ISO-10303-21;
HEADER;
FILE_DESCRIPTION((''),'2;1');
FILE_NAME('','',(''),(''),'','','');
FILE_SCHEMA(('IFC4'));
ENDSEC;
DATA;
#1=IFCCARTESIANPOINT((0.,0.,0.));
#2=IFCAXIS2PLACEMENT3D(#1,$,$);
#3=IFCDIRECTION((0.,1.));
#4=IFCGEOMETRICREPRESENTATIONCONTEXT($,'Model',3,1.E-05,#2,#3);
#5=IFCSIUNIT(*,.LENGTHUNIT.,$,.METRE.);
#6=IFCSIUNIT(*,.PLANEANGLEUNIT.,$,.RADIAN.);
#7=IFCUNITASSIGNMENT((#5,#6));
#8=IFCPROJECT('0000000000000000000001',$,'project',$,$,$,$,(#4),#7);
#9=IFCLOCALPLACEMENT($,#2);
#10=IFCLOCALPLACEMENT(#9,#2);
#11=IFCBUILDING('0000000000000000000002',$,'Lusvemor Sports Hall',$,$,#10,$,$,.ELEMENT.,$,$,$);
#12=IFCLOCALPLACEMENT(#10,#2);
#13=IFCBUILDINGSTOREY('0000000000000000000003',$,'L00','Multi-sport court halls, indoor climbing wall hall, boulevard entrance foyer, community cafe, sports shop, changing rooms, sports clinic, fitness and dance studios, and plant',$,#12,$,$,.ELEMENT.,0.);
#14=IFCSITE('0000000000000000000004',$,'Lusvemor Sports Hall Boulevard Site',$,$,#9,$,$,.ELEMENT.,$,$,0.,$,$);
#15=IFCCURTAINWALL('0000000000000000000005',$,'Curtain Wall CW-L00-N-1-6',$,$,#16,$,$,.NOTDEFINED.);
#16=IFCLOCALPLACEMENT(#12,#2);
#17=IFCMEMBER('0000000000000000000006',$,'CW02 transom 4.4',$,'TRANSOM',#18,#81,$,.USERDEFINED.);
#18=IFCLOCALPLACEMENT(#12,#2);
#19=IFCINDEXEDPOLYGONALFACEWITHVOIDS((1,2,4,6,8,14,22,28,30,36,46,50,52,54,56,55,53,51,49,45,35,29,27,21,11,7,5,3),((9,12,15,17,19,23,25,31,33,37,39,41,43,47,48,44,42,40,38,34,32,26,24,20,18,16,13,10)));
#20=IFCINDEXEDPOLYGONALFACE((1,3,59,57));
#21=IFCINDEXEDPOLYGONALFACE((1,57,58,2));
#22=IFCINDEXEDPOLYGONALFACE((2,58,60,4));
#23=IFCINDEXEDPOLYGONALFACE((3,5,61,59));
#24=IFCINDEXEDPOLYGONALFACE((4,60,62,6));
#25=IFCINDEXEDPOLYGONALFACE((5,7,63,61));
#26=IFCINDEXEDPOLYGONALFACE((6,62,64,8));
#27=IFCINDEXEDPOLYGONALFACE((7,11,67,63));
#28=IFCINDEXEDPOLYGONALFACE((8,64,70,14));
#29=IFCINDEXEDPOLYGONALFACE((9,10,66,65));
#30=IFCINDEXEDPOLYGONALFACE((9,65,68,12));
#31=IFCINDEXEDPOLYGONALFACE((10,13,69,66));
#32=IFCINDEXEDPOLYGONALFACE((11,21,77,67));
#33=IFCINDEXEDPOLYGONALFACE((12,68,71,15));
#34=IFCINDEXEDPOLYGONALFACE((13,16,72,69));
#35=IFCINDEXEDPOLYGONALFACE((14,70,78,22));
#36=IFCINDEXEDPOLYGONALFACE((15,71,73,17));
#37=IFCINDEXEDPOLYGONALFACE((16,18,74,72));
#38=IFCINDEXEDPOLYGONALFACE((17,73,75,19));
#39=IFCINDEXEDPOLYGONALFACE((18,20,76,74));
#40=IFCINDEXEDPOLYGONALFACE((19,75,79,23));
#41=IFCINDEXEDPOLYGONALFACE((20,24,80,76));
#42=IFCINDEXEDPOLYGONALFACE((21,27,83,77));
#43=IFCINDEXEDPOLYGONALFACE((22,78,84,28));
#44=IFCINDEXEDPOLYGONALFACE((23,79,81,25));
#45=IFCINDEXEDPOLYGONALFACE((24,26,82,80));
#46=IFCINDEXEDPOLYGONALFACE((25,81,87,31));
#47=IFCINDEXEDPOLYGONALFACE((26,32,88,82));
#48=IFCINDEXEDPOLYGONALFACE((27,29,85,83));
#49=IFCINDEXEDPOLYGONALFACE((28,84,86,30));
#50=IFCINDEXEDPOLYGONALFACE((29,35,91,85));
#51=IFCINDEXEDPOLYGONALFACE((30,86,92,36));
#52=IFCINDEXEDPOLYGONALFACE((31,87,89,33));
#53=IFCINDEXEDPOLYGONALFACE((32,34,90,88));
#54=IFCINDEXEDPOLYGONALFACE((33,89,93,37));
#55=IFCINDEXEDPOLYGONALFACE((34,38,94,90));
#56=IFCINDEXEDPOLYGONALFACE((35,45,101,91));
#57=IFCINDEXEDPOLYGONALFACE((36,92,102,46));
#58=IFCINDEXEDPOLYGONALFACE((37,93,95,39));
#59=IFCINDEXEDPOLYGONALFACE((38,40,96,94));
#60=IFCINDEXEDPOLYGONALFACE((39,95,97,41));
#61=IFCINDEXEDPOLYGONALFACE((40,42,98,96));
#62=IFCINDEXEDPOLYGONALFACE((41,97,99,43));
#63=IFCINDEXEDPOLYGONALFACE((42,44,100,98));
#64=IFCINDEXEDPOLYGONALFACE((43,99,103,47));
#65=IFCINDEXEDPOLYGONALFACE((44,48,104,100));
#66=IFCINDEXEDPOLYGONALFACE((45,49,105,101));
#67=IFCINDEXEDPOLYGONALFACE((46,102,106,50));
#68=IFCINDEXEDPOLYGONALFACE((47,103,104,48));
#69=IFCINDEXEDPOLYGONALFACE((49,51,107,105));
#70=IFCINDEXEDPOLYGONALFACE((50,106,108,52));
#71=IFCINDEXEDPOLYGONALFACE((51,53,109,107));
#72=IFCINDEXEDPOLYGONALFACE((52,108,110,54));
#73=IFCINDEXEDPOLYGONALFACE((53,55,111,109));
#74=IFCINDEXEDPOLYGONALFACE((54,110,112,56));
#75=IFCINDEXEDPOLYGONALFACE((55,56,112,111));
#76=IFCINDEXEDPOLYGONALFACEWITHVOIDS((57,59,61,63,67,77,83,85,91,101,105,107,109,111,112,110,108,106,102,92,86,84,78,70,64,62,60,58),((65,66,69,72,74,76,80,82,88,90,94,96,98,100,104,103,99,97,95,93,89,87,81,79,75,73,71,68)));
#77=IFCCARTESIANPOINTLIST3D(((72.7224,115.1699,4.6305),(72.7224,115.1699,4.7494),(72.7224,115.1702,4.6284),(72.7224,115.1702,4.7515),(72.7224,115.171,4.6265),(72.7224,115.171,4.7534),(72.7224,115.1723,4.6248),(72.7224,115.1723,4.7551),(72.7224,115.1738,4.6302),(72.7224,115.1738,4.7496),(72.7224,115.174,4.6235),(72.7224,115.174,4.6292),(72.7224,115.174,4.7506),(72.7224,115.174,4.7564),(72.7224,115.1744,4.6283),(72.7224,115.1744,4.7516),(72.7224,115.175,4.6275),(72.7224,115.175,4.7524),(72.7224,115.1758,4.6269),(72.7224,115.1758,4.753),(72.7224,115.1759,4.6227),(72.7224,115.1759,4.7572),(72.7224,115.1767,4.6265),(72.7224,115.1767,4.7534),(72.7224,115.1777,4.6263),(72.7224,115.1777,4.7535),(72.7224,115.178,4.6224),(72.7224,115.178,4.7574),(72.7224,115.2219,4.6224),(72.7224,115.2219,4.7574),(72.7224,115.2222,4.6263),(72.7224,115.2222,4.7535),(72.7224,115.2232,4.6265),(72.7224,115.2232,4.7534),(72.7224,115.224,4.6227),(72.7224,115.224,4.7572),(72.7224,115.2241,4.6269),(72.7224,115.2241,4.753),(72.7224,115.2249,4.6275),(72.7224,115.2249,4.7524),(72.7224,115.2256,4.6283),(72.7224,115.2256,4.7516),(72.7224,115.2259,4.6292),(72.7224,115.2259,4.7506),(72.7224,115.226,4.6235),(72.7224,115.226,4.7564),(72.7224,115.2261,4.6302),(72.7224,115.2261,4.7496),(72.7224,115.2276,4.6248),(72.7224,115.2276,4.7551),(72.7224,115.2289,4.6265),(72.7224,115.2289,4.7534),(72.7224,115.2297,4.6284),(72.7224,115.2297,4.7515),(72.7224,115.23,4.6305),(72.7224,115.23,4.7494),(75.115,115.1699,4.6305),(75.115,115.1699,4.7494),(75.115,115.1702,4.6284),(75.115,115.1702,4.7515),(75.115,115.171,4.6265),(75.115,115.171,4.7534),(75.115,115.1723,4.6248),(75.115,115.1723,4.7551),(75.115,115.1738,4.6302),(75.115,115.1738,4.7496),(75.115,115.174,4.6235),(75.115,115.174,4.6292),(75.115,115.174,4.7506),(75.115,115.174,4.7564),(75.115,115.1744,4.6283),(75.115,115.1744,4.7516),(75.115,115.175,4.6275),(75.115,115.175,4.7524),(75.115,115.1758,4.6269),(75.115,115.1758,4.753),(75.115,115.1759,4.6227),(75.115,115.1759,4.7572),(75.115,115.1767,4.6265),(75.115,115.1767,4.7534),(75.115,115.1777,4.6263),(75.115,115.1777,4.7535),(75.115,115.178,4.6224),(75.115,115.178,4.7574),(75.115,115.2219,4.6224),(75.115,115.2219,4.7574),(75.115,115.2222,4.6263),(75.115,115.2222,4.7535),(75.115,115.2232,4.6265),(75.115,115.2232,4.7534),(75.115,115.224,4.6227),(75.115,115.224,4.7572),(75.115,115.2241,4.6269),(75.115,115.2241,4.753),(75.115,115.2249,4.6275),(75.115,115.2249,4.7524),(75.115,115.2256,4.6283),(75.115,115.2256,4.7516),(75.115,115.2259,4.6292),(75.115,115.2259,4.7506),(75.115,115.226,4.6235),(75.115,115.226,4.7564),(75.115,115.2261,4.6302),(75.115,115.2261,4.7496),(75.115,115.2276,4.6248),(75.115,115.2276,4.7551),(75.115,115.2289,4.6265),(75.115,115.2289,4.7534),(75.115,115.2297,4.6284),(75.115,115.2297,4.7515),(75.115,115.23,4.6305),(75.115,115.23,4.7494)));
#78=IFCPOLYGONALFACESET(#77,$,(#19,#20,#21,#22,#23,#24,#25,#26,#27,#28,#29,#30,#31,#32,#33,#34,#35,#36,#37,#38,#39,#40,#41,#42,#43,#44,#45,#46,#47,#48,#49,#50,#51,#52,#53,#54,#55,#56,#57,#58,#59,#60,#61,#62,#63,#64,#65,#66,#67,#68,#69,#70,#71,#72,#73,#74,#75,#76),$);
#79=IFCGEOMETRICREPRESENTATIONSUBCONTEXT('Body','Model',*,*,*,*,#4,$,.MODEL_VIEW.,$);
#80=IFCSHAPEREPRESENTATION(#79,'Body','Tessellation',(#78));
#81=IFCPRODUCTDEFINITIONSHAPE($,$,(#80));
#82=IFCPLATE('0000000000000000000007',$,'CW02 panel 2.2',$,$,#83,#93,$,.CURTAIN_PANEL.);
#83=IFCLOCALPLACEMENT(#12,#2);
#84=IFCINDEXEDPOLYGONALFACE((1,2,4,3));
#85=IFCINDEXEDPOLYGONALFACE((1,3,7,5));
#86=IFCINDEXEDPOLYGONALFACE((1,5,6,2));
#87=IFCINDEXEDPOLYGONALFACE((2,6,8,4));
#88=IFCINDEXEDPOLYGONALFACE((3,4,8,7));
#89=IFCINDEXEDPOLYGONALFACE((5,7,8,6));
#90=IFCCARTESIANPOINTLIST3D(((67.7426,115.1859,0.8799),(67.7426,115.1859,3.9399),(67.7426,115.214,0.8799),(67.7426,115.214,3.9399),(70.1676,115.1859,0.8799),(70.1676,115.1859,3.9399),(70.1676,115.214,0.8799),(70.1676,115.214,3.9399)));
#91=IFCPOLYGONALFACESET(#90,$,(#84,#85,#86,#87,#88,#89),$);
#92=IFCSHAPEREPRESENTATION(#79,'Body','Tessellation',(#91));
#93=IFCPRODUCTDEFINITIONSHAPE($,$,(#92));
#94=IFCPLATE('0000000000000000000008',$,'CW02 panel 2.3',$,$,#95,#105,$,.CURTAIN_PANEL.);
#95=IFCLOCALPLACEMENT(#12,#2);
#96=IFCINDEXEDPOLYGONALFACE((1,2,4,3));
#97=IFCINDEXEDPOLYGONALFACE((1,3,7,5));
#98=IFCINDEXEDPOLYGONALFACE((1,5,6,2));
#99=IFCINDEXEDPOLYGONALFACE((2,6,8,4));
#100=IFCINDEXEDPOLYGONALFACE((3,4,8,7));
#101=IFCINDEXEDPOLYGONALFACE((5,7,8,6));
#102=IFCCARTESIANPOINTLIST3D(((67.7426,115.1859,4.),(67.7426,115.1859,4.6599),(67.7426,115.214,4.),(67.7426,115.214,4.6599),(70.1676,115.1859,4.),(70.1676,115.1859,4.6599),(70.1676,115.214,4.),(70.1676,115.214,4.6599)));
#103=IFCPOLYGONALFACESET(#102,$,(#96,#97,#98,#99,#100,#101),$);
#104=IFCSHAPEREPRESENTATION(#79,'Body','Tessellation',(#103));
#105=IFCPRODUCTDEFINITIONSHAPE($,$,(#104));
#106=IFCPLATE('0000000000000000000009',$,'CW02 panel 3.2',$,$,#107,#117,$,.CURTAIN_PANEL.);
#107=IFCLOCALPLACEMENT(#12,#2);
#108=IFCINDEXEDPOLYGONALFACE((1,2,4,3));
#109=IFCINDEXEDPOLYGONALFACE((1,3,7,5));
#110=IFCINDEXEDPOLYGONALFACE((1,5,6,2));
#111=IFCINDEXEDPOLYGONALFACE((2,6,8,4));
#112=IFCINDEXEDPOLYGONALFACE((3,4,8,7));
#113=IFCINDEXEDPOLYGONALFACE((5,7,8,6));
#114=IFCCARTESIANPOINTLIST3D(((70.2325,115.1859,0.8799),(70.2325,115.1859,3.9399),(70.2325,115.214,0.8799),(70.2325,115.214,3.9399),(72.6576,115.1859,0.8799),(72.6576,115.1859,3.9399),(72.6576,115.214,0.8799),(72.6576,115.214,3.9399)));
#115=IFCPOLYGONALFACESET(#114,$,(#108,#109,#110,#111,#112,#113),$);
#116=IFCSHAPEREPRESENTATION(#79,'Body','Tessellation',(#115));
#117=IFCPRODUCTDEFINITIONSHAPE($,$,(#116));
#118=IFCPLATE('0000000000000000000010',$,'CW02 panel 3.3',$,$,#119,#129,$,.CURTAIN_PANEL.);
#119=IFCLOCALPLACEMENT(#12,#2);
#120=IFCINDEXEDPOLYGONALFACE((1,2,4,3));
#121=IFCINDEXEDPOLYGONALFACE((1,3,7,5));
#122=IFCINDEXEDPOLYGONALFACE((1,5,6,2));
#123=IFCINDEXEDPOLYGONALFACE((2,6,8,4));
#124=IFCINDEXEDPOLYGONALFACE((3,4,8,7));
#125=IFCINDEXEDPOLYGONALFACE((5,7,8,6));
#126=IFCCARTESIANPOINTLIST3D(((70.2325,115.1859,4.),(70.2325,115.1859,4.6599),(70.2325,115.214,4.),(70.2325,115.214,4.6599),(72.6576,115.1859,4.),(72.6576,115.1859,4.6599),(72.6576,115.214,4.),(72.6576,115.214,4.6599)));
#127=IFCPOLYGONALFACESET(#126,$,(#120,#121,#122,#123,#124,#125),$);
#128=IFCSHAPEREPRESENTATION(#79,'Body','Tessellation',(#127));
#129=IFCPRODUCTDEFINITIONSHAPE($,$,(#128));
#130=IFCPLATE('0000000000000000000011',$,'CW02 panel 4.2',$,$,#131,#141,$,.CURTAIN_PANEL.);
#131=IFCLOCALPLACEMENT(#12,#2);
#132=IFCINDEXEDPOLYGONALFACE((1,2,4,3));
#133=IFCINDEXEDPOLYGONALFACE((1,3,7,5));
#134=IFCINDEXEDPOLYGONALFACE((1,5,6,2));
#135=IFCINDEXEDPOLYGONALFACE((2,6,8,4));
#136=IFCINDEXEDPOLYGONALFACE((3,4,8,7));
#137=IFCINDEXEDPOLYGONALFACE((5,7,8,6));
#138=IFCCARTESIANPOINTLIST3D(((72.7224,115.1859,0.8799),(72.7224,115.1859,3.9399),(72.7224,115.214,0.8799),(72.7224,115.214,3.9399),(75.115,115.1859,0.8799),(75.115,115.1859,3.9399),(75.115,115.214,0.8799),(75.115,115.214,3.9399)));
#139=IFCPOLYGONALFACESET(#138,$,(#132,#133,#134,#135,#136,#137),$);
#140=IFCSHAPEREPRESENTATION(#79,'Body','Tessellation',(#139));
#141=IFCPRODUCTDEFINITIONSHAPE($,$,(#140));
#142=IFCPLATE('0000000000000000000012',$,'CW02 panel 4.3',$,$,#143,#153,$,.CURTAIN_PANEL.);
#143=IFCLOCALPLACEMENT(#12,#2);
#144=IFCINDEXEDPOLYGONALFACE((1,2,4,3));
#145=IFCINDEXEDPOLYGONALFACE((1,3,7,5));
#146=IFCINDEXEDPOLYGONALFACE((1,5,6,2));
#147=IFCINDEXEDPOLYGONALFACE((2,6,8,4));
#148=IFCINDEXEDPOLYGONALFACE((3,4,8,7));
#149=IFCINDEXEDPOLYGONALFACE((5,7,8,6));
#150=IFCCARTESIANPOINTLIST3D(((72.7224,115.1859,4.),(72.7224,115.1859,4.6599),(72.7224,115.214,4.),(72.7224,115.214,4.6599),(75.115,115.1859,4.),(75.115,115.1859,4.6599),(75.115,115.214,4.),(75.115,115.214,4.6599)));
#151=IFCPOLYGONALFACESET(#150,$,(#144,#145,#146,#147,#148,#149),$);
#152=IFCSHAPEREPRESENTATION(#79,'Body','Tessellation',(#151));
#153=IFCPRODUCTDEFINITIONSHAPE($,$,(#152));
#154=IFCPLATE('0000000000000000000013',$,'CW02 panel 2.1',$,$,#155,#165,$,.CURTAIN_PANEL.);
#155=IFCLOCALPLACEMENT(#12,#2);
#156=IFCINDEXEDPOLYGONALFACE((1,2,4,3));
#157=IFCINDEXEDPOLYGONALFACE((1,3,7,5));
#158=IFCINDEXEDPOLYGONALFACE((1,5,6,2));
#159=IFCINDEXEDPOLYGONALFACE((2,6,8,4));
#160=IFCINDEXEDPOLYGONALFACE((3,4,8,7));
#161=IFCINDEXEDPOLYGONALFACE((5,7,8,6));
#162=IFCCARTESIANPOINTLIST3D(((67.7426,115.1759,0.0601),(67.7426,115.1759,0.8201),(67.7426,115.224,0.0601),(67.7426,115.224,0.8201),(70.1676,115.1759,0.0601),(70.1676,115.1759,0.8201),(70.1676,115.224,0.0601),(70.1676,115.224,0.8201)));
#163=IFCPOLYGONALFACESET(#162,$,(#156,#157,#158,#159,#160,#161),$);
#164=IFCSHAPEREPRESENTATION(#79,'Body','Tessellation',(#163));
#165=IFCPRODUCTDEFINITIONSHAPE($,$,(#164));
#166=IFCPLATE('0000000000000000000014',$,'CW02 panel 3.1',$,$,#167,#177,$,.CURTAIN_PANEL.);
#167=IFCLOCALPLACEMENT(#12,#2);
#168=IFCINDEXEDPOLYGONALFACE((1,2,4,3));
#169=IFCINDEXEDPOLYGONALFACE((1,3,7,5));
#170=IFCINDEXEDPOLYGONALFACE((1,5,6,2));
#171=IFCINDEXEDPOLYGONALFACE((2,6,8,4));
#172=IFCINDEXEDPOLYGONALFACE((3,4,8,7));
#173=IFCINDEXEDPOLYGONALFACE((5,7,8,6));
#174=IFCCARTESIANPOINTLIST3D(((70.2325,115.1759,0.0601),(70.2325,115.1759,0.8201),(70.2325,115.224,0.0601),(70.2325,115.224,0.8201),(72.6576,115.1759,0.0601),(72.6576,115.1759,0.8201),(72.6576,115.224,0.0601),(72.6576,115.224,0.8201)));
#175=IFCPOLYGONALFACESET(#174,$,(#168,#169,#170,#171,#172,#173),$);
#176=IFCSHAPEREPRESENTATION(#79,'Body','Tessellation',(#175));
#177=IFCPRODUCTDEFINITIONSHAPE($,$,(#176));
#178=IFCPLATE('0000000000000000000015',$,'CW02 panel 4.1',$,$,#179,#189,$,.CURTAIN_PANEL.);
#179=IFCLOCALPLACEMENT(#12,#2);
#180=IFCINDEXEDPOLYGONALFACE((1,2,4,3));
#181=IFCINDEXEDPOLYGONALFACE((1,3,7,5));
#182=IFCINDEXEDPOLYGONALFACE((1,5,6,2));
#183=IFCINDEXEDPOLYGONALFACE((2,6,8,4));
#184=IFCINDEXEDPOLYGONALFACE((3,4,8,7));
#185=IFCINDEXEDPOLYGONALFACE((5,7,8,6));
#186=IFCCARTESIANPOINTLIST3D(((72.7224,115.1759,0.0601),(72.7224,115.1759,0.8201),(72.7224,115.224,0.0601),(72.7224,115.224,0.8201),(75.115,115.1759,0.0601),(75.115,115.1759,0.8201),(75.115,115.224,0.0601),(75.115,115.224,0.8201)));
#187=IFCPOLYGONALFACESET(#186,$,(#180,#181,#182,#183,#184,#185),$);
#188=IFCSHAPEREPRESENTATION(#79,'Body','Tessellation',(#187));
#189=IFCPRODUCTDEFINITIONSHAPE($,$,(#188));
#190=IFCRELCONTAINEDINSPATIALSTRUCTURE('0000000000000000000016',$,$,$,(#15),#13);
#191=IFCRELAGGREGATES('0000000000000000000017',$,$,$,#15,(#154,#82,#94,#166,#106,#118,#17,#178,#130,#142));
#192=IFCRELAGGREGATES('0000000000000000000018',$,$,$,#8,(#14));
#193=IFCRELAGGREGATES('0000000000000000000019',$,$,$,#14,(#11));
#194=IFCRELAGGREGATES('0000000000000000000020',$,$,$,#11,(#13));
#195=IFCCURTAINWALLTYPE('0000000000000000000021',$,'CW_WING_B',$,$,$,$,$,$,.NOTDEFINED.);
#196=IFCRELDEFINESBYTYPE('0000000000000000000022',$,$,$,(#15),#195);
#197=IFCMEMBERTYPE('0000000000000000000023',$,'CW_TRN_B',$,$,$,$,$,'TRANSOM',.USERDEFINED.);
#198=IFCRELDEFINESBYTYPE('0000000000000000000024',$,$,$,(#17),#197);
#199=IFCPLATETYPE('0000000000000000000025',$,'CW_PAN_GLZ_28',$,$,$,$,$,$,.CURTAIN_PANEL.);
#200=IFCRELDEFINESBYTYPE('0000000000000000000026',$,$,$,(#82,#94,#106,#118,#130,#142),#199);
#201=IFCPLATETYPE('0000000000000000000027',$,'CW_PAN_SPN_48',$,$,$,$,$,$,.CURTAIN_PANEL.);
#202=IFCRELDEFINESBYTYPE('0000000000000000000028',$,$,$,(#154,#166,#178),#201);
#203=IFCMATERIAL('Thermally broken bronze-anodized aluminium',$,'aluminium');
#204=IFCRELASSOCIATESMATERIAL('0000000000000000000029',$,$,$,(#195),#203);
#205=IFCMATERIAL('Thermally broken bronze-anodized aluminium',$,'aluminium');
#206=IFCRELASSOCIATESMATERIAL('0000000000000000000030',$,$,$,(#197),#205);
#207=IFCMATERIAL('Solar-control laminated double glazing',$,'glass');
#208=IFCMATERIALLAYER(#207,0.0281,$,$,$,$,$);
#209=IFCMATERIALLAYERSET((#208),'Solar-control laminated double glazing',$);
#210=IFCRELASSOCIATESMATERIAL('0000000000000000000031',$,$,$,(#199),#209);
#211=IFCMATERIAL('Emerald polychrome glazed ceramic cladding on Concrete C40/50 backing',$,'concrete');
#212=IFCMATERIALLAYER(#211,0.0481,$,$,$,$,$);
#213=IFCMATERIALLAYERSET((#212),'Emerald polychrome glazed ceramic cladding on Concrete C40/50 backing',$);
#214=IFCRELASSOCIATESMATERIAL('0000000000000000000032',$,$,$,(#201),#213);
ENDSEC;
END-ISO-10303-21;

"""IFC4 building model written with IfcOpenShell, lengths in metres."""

from ifc_helpers import new_model, si_unit, direction, frame, origin, origin_2d, place, context, subcontext, project, spatial, rectangle, hollow_rectangle, extrude, material, layer, layer_set, material_profile, profile_set, type_object, element, aggregate, save


model = new_model("IFC4")

# Units and contexts
model_context = context("Model", 3, precision=1e-05, world=origin(), true_north=direction((0.0, 1.0)))
body_context = subcontext(model_context, "Body", "Model", "MODEL_VIEW")
ifc_project = project(units=[si_unit("LENGTHUNIT", "METRE"), si_unit("PLANEANGLEUNIT", "RADIAN")], contexts=[model_context])

# Site, building, storey
site_placement = place(None, origin())
site = spatial("IfcSite", under=ifc_project, at=site_placement, Name="Lusvemor Sports Hall Boulevard Site", CompositionType="ELEMENT", RefElevation=0.0)
building_placement = place(site_placement, origin())
building = spatial("IfcBuilding", under=site, at=building_placement, Name="Lusvemor Sports Hall", CompositionType="ELEMENT")
storey_placement = place(building_placement, origin())
storey = spatial("IfcBuildingStorey", under=building, at=storey_placement, Name="L00", Description="Multi-sport court halls, indoor climbing wall hall, boulevard entrance foyer, community cafe, sports shop, changing rooms, sports clinic, fitness and dance studios, and plant", CompositionType="ELEMENT", Elevation=0.0)

# Curtain wall, member, plates
ifc_material_1 = material(Name="Thermally broken bronze-anodized aluminium", Category="aluminium")
curtain_wall_type = type_object("IfcCurtainWallType", Name="CW_WING_B", PredefinedType="NOTDEFINED", material=ifc_material_1)
curtain_wall_placement = place(storey_placement, origin())
curtain_wall = element("IfcCurtainWall", 1, at=curtain_wall_placement, inside=storey, type_object=curtain_wall_type, Name="Curtain Wall CW-L00-N-1-6", PredefinedType="NOTDEFINED")
ifc_material_2 = material(Name="Thermally broken bronze-anodized aluminium", Category="aluminium")
ifc_material_profile_1 = material_profile(ifc_material_2, hollow_rectangle(XDim=0.0601, YDim=0.135, WallThickness=0.0039, InnerFilletRadius=0.0039, OuterFilletRadius=0.0081, at=origin_2d()), Name="CWTRN135x60x4")
ifc_profile_set_1 = profile_set([ifc_material_profile_1], Name="Thermally broken bronze-anodized aluminium")
member_type_1 = type_object("IfcMemberType", Name="CW_TRN_B", ElementType="TRANSOM", PredefinedType="USERDEFINED", material=ifc_profile_set_1)
member_1_placement = place(storey_placement, frame((72.7224, 115.2, 4.6899), z_axis=(1.0, 0.0, 0.0), x_axis=(0.0, 1.0, 0.0)))
member_1 = element("IfcMember", 2, at=member_1_placement, type_object=member_type_1, Name="CW02 transom 4.4", ObjectType="TRANSOM", PredefinedType="USERDEFINED", context=body_context, shape_type="SweptSolid", body=[
    extrude(hollow_rectangle(XDim=0.0601, YDim=0.135, WallThickness=0.0039, InnerFilletRadius=0.0039, OuterFilletRadius=0.0081, at=origin_2d()), origin(), (0.0, 0.0, 1.0), 2.3926),
])
ifc_material_3 = material(Name="Solar-control laminated double glazing", Category="glass")
ifc_layer_1 = layer(ifc_material_3, 0.0281)
ifc_layer_set_1 = layer_set([ifc_layer_1], Name="Solar-control laminated double glazing")
plate_type_1 = type_object("IfcPlateType", Name="CW_PAN_GLZ_28", PredefinedType="CURTAIN_PANEL", material=ifc_layer_set_1)
plate_1_placement = place(storey_placement, frame((68.9551, 115.2, 0.8799), z_axis=(0.0, 0.0, 1.0), x_axis=(1.0, 0.0, 0.0)))
plate_1 = element("IfcPlate", 3, at=plate_1_placement, type_object=plate_type_1, Name="CW02 panel 2.2", PredefinedType="CURTAIN_PANEL", context=body_context, shape_type="SweptSolid", body=[
    extrude(rectangle(XDim=2.425, YDim=0.0281, at=origin_2d()), origin(), (0.0, 0.0, 1.0), 3.0601),
])
plate_2_placement = place(storey_placement, frame((68.9551, 115.2, 4.0), z_axis=(0.0, 0.0, 1.0), x_axis=(1.0, 0.0, 0.0)))
plate_2 = element("IfcPlate", 4, at=plate_2_placement, type_object=plate_type_1, Name="CW02 panel 2.3", PredefinedType="CURTAIN_PANEL", context=body_context, shape_type="SweptSolid", body=[
    extrude(rectangle(XDim=2.425, YDim=0.0281, at=origin_2d()), origin(), (0.0, 0.0, 1.0), 0.6599),
])
plate_3_placement = place(storey_placement, frame((71.4451, 115.2, 0.8799), z_axis=(0.0, 0.0, 1.0), x_axis=(1.0, 0.0, 0.0)))
plate_3 = element("IfcPlate", 5, at=plate_3_placement, type_object=plate_type_1, Name="CW02 panel 3.2", PredefinedType="CURTAIN_PANEL", context=body_context, shape_type="SweptSolid", body=[
    extrude(rectangle(XDim=2.425, YDim=0.0281, at=origin_2d()), origin(), (0.0, 0.0, 1.0), 3.0601),
])
plate_4_placement = place(storey_placement, frame((71.4451, 115.2, 4.0), z_axis=(0.0, 0.0, 1.0), x_axis=(1.0, 0.0, 0.0)))
plate_4 = element("IfcPlate", 6, at=plate_4_placement, type_object=plate_type_1, Name="CW02 panel 3.3", PredefinedType="CURTAIN_PANEL", context=body_context, shape_type="SweptSolid", body=[
    extrude(rectangle(XDim=2.425, YDim=0.0281, at=origin_2d()), origin(), (0.0, 0.0, 1.0), 0.6599),
])
plate_5_placement = place(storey_placement, frame((73.9187, 115.2, 0.8799), z_axis=(0.0, 0.0, 1.0), x_axis=(1.0, 0.0, 0.0)))
plate_5 = element("IfcPlate", 7, at=plate_5_placement, type_object=plate_type_1, Name="CW02 panel 4.2", PredefinedType="CURTAIN_PANEL", context=body_context, shape_type="SweptSolid", body=[
    extrude(rectangle(XDim=2.3926, YDim=0.0281, at=origin_2d()), origin(), (0.0, 0.0, 1.0), 3.0601),
])
plate_6_placement = place(storey_placement, frame((73.9187, 115.2, 4.0), z_axis=(0.0, 0.0, 1.0), x_axis=(1.0, 0.0, 0.0)))
plate_6 = element("IfcPlate", 8, at=plate_6_placement, type_object=plate_type_1, Name="CW02 panel 4.3", PredefinedType="CURTAIN_PANEL", context=body_context, shape_type="SweptSolid", body=[
    extrude(rectangle(XDim=2.3926, YDim=0.0281, at=origin_2d()), origin(), (0.0, 0.0, 1.0), 0.6599),
])
ifc_material_4 = material(Name="Emerald polychrome glazed ceramic cladding on Concrete C40/50 backing", Category="concrete")
ifc_layer_2 = layer(ifc_material_4, 0.0481)
ifc_layer_set_2 = layer_set([ifc_layer_2], Name="Emerald polychrome glazed ceramic cladding on Concrete C40/50 backing")
plate_type_2 = type_object("IfcPlateType", Name="CW_PAN_SPN_48", PredefinedType="CURTAIN_PANEL", material=ifc_layer_set_2)
plate_7_placement = place(storey_placement, frame((68.9551, 115.2, 0.0601), z_axis=(0.0, 0.0, 1.0), x_axis=(1.0, 0.0, 0.0)))
plate_7 = element("IfcPlate", 9, at=plate_7_placement, type_object=plate_type_2, Name="CW02 panel 2.1", PredefinedType="CURTAIN_PANEL", context=body_context, shape_type="SweptSolid", body=[
    extrude(rectangle(XDim=2.425, YDim=0.0481, at=origin_2d()), origin(), (0.0, 0.0, 1.0), 0.76),
])
plate_8_placement = place(storey_placement, frame((71.4451, 115.2, 0.0601), z_axis=(0.0, 0.0, 1.0), x_axis=(1.0, 0.0, 0.0)))
plate_8 = element("IfcPlate", 10, at=plate_8_placement, type_object=plate_type_2, Name="CW02 panel 3.1", PredefinedType="CURTAIN_PANEL", context=body_context, shape_type="SweptSolid", body=[
    extrude(rectangle(XDim=2.425, YDim=0.0481, at=origin_2d()), origin(), (0.0, 0.0, 1.0), 0.76),
])
plate_9_placement = place(storey_placement, frame((73.9187, 115.2, 0.0601), z_axis=(0.0, 0.0, 1.0), x_axis=(1.0, 0.0, 0.0)))
plate_9 = element("IfcPlate", 11, at=plate_9_placement, type_object=plate_type_2, Name="CW02 panel 4.1", PredefinedType="CURTAIN_PANEL", context=body_context, shape_type="SweptSolid", body=[
    extrude(rectangle(XDim=2.3926, YDim=0.0481, at=origin_2d()), origin(), (0.0, 0.0, 1.0), 0.76),
])
aggregate(curtain_wall, [plate_7, plate_1, plate_2, plate_8, plate_3, plate_4, member_1, plate_9, plate_5, plate_6])

save(model, "model.ifc")
